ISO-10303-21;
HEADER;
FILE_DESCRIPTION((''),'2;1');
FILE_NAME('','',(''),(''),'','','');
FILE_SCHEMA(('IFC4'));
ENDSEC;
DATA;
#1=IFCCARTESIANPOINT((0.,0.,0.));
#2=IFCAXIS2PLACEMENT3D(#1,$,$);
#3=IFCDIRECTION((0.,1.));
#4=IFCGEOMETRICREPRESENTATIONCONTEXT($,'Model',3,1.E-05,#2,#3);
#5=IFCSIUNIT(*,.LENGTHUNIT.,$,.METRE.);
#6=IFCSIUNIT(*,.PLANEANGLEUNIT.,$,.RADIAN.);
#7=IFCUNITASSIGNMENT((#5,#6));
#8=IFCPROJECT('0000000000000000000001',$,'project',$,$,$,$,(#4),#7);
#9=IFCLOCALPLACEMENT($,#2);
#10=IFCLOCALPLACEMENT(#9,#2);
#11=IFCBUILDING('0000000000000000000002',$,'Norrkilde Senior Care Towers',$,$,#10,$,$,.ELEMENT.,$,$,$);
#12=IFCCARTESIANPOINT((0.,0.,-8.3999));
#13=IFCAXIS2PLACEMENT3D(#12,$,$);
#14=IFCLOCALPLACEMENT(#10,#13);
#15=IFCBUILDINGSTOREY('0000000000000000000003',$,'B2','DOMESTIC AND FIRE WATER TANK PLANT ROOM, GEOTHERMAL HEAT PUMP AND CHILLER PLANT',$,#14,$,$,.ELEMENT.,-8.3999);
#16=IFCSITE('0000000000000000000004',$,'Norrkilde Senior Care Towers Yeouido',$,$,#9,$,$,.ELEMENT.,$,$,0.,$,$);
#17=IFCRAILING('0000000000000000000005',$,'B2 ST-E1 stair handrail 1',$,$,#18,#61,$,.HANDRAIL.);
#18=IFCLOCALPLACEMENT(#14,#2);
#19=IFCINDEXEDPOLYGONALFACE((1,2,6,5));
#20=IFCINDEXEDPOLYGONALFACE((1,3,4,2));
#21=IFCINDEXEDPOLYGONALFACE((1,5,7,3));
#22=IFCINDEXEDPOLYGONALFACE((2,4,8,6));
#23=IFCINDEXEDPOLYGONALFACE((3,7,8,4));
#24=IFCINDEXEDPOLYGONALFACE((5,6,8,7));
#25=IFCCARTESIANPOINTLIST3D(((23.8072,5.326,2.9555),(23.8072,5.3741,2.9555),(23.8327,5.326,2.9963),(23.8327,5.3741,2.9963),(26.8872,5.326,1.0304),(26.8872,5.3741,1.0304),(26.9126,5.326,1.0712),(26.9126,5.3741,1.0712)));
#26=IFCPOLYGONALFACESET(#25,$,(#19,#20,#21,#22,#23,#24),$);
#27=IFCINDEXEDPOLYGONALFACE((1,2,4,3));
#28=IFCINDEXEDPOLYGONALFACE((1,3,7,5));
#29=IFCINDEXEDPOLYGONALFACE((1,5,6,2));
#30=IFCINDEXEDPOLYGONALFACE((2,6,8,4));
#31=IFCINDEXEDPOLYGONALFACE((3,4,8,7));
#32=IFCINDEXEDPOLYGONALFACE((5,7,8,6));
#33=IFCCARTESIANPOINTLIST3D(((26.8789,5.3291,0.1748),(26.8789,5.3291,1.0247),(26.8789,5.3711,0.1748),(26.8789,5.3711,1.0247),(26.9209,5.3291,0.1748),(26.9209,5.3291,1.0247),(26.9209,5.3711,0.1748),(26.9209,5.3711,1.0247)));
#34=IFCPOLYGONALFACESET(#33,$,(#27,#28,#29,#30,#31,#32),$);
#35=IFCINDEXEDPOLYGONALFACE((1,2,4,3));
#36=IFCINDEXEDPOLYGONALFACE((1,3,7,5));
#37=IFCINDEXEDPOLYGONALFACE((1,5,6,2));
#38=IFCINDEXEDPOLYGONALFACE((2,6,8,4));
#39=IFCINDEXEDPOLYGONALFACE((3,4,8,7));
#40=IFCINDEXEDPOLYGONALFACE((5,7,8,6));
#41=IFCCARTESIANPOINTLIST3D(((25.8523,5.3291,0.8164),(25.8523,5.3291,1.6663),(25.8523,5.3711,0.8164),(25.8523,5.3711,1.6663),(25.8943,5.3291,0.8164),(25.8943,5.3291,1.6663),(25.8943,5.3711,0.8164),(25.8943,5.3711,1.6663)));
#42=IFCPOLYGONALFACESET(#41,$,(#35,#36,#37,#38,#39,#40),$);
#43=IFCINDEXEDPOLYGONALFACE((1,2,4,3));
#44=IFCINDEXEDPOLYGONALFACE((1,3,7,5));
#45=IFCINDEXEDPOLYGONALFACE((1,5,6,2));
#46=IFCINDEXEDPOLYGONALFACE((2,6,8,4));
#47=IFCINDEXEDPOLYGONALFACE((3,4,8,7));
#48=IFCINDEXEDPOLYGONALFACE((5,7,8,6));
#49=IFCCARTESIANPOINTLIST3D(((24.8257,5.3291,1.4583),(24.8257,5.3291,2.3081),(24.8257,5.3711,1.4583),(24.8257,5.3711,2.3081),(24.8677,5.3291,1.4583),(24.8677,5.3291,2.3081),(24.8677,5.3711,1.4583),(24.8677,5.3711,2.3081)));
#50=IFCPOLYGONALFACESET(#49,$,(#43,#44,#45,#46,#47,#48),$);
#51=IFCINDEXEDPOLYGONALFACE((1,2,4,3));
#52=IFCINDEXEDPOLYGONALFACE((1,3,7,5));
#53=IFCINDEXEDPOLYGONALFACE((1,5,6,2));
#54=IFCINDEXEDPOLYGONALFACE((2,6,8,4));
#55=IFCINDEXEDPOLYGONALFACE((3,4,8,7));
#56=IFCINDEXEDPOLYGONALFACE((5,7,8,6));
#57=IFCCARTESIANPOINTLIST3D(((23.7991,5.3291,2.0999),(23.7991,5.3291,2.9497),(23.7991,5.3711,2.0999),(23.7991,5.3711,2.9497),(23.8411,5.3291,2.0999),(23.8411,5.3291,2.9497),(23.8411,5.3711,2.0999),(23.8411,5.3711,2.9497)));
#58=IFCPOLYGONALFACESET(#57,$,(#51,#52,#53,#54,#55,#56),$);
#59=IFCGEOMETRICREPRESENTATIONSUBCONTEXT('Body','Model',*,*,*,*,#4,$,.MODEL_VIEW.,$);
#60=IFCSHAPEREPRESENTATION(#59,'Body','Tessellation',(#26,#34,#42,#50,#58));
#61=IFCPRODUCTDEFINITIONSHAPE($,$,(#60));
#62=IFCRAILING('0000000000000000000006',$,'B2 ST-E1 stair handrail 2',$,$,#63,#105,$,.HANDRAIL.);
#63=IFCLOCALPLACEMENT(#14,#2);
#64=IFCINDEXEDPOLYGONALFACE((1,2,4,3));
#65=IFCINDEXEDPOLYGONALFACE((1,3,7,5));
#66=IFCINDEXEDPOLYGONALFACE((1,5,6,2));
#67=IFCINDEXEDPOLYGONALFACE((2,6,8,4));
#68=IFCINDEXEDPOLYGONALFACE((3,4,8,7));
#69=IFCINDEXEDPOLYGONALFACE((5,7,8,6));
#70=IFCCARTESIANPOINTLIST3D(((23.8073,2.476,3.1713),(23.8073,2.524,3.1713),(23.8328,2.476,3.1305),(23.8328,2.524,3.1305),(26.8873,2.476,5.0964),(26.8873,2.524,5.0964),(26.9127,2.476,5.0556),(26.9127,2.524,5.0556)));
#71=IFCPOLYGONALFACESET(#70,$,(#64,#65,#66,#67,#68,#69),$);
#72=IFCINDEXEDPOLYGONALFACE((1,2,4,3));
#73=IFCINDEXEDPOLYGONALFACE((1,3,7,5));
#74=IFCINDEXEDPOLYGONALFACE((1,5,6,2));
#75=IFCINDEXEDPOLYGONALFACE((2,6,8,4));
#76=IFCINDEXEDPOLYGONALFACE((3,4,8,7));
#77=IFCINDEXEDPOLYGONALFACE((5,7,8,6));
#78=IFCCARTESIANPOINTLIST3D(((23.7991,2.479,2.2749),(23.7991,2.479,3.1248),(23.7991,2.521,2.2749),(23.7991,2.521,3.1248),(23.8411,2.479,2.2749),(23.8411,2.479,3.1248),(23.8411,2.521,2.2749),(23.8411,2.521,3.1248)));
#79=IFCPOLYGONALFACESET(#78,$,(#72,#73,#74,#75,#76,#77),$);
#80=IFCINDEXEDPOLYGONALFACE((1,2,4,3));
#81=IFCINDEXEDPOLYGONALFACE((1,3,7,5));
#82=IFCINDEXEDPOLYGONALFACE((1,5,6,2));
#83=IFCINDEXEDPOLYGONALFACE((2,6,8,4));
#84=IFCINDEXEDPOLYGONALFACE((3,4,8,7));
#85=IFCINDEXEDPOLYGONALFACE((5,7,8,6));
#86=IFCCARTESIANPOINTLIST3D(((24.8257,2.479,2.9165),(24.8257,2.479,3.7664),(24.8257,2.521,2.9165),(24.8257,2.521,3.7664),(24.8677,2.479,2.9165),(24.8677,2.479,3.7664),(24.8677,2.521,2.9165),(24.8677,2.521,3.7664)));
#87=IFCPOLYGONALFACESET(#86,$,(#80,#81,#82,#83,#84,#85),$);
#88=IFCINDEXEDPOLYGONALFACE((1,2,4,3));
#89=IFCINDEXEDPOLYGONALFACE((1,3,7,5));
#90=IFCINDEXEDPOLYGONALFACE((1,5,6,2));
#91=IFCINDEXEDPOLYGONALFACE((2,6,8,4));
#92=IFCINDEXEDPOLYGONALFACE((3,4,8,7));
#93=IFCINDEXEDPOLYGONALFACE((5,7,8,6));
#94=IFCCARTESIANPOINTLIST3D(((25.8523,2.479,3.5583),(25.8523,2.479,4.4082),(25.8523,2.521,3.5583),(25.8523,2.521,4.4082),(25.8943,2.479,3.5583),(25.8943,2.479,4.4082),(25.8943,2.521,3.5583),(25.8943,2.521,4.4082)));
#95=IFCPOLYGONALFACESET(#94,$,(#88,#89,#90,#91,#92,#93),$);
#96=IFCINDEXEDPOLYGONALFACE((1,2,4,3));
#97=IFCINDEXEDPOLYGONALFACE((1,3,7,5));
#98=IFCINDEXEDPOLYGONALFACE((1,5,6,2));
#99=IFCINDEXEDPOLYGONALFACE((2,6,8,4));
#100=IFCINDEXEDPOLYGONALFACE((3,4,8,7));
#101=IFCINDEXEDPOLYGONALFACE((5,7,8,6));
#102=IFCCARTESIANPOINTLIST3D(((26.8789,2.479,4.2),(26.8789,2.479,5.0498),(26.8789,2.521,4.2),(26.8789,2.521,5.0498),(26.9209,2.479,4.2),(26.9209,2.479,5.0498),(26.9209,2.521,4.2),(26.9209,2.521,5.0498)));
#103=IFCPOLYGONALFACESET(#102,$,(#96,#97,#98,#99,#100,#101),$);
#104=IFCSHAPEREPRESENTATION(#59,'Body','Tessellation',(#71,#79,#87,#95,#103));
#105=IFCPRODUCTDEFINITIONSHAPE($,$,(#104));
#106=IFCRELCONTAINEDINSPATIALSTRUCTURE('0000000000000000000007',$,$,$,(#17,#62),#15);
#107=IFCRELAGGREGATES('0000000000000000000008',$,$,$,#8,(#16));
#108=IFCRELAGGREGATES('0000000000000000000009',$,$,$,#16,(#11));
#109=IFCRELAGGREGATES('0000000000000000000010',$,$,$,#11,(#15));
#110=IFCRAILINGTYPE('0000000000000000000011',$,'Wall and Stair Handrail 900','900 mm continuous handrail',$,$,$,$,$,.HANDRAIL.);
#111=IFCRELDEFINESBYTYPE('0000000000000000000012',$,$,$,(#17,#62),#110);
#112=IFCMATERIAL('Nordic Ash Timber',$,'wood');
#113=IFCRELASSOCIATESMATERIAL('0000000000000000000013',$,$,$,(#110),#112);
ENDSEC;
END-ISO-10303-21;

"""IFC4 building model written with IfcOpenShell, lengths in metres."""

from ifc_helpers import new_model, si_unit, direction, frame, origin, origin_2d, place, context, subcontext, project, spatial, rectangle, extrude, material, type_object, element, save


model = new_model("IFC4")

# Units and contexts
model_context = context("Model", 3, precision=1e-05, world=origin(), true_north=direction((0.0, 1.0)))
body_context = subcontext(model_context, "Body", "Model", "MODEL_VIEW")
ifc_project = project(units=[si_unit("LENGTHUNIT", "METRE"), si_unit("PLANEANGLEUNIT", "RADIAN")], contexts=[model_context])

# Site, building, storey
site_placement = place(None, origin())
site = spatial("IfcSite", under=ifc_project, at=site_placement, Name="Norrkilde Senior Care Towers Yeouido", CompositionType="ELEMENT", RefElevation=0.0)
building_placement = place(site_placement, origin())
building = spatial("IfcBuilding", under=site, at=building_placement, Name="Norrkilde Senior Care Towers", CompositionType="ELEMENT")
storey_placement = place(building_placement, frame((0.0, 0.0, -8.3999)))
storey = spatial("IfcBuildingStorey", under=building, at=storey_placement, Name="B2", Description="DOMESTIC AND FIRE WATER TANK PLANT ROOM, GEOTHERMAL HEAT PUMP AND CHILLER PLANT", CompositionType="ELEMENT", Elevation=-8.3999)

# Railings
ifc_material_1 = material(Name="Nordic Ash Timber", Category="wood")
railing_type_1 = type_object("IfcRailingType", Name="Wall and Stair Handrail 900", Description="900 mm continuous handrail", PredefinedType="HANDRAIL", material=ifc_material_1)
railing_1_placement = place(storey_placement, frame((26.8999, 5.3501, 0.1748)))
element("IfcRailing", 1, at=railing_1_placement, inside=storey, type_object=railing_type_1, Name="B2 ST-E1 stair handrail 1", PredefinedType="HANDRAIL", context=body_context, shape_type="SweptSolid", body=[
    extrude(rectangle(XDim=0.0481, YDim=0.0481, at=origin_2d()), frame((0.0, 0.0, 0.876), z_axis=(-0.847979, 0.0, 0.530029), x_axis=(0.0, -1.0, 0.0)), (0.0, 0.0, 1.0), 3.6321),
    extrude(rectangle(XDim=0.042, YDim=0.042, at=origin_2d()), origin(), (0.0, 0.0, 1.0), 0.8499),
    extrude(rectangle(XDim=0.042, YDim=0.042, at=origin_2d()), frame((-1.0266, 0.0, 0.6416)), (0.0, 0.0, 1.0), 0.8499),
    extrude(rectangle(XDim=0.042, YDim=0.042, at=origin_2d()), frame((-2.0532, 0.0, 1.2834)), (0.0, 0.0, 1.0), 0.8499),
    extrude(rectangle(XDim=0.042, YDim=0.042, at=origin_2d()), frame((-3.0798, 0.0, 1.925)), (0.0, 0.0, 1.0), 0.8499),
])
railing_2_placement = place(storey_placement, frame((23.8201, 2.5, 2.2749)))
element("IfcRailing", 2, at=railing_2_placement, inside=storey, type_object=railing_type_1, Name="B2 ST-E1 stair handrail 2", PredefinedType="HANDRAIL", context=body_context, shape_type="SweptSolid", body=[
    extrude(rectangle(XDim=0.0481, YDim=0.0481, at=origin_2d()), frame((0.0, 0.0, 0.876), z_axis=(0.847979, 0.0, 0.530029), x_axis=(0.0, 1.0, 0.0)), (0.0, 0.0, 1.0), 3.6321),
    extrude(rectangle(XDim=0.042, YDim=0.042, at=origin_2d()), origin(), (0.0, 0.0, 1.0), 0.8499),
    extrude(rectangle(XDim=0.042, YDim=0.042, at=origin_2d()), frame((1.0266, 0.0, 0.6416)), (0.0, 0.0, 1.0), 0.8499),
    extrude(rectangle(XDim=0.042, YDim=0.042, at=origin_2d()), frame((2.0532, 0.0, 1.2834)), (0.0, 0.0, 1.0), 0.8499),
    extrude(rectangle(XDim=0.042, YDim=0.042, at=origin_2d()), frame((3.0798, 0.0, 1.925)), (0.0, 0.0, 1.0), 0.8499),
])

save(model, "model.ifc")
